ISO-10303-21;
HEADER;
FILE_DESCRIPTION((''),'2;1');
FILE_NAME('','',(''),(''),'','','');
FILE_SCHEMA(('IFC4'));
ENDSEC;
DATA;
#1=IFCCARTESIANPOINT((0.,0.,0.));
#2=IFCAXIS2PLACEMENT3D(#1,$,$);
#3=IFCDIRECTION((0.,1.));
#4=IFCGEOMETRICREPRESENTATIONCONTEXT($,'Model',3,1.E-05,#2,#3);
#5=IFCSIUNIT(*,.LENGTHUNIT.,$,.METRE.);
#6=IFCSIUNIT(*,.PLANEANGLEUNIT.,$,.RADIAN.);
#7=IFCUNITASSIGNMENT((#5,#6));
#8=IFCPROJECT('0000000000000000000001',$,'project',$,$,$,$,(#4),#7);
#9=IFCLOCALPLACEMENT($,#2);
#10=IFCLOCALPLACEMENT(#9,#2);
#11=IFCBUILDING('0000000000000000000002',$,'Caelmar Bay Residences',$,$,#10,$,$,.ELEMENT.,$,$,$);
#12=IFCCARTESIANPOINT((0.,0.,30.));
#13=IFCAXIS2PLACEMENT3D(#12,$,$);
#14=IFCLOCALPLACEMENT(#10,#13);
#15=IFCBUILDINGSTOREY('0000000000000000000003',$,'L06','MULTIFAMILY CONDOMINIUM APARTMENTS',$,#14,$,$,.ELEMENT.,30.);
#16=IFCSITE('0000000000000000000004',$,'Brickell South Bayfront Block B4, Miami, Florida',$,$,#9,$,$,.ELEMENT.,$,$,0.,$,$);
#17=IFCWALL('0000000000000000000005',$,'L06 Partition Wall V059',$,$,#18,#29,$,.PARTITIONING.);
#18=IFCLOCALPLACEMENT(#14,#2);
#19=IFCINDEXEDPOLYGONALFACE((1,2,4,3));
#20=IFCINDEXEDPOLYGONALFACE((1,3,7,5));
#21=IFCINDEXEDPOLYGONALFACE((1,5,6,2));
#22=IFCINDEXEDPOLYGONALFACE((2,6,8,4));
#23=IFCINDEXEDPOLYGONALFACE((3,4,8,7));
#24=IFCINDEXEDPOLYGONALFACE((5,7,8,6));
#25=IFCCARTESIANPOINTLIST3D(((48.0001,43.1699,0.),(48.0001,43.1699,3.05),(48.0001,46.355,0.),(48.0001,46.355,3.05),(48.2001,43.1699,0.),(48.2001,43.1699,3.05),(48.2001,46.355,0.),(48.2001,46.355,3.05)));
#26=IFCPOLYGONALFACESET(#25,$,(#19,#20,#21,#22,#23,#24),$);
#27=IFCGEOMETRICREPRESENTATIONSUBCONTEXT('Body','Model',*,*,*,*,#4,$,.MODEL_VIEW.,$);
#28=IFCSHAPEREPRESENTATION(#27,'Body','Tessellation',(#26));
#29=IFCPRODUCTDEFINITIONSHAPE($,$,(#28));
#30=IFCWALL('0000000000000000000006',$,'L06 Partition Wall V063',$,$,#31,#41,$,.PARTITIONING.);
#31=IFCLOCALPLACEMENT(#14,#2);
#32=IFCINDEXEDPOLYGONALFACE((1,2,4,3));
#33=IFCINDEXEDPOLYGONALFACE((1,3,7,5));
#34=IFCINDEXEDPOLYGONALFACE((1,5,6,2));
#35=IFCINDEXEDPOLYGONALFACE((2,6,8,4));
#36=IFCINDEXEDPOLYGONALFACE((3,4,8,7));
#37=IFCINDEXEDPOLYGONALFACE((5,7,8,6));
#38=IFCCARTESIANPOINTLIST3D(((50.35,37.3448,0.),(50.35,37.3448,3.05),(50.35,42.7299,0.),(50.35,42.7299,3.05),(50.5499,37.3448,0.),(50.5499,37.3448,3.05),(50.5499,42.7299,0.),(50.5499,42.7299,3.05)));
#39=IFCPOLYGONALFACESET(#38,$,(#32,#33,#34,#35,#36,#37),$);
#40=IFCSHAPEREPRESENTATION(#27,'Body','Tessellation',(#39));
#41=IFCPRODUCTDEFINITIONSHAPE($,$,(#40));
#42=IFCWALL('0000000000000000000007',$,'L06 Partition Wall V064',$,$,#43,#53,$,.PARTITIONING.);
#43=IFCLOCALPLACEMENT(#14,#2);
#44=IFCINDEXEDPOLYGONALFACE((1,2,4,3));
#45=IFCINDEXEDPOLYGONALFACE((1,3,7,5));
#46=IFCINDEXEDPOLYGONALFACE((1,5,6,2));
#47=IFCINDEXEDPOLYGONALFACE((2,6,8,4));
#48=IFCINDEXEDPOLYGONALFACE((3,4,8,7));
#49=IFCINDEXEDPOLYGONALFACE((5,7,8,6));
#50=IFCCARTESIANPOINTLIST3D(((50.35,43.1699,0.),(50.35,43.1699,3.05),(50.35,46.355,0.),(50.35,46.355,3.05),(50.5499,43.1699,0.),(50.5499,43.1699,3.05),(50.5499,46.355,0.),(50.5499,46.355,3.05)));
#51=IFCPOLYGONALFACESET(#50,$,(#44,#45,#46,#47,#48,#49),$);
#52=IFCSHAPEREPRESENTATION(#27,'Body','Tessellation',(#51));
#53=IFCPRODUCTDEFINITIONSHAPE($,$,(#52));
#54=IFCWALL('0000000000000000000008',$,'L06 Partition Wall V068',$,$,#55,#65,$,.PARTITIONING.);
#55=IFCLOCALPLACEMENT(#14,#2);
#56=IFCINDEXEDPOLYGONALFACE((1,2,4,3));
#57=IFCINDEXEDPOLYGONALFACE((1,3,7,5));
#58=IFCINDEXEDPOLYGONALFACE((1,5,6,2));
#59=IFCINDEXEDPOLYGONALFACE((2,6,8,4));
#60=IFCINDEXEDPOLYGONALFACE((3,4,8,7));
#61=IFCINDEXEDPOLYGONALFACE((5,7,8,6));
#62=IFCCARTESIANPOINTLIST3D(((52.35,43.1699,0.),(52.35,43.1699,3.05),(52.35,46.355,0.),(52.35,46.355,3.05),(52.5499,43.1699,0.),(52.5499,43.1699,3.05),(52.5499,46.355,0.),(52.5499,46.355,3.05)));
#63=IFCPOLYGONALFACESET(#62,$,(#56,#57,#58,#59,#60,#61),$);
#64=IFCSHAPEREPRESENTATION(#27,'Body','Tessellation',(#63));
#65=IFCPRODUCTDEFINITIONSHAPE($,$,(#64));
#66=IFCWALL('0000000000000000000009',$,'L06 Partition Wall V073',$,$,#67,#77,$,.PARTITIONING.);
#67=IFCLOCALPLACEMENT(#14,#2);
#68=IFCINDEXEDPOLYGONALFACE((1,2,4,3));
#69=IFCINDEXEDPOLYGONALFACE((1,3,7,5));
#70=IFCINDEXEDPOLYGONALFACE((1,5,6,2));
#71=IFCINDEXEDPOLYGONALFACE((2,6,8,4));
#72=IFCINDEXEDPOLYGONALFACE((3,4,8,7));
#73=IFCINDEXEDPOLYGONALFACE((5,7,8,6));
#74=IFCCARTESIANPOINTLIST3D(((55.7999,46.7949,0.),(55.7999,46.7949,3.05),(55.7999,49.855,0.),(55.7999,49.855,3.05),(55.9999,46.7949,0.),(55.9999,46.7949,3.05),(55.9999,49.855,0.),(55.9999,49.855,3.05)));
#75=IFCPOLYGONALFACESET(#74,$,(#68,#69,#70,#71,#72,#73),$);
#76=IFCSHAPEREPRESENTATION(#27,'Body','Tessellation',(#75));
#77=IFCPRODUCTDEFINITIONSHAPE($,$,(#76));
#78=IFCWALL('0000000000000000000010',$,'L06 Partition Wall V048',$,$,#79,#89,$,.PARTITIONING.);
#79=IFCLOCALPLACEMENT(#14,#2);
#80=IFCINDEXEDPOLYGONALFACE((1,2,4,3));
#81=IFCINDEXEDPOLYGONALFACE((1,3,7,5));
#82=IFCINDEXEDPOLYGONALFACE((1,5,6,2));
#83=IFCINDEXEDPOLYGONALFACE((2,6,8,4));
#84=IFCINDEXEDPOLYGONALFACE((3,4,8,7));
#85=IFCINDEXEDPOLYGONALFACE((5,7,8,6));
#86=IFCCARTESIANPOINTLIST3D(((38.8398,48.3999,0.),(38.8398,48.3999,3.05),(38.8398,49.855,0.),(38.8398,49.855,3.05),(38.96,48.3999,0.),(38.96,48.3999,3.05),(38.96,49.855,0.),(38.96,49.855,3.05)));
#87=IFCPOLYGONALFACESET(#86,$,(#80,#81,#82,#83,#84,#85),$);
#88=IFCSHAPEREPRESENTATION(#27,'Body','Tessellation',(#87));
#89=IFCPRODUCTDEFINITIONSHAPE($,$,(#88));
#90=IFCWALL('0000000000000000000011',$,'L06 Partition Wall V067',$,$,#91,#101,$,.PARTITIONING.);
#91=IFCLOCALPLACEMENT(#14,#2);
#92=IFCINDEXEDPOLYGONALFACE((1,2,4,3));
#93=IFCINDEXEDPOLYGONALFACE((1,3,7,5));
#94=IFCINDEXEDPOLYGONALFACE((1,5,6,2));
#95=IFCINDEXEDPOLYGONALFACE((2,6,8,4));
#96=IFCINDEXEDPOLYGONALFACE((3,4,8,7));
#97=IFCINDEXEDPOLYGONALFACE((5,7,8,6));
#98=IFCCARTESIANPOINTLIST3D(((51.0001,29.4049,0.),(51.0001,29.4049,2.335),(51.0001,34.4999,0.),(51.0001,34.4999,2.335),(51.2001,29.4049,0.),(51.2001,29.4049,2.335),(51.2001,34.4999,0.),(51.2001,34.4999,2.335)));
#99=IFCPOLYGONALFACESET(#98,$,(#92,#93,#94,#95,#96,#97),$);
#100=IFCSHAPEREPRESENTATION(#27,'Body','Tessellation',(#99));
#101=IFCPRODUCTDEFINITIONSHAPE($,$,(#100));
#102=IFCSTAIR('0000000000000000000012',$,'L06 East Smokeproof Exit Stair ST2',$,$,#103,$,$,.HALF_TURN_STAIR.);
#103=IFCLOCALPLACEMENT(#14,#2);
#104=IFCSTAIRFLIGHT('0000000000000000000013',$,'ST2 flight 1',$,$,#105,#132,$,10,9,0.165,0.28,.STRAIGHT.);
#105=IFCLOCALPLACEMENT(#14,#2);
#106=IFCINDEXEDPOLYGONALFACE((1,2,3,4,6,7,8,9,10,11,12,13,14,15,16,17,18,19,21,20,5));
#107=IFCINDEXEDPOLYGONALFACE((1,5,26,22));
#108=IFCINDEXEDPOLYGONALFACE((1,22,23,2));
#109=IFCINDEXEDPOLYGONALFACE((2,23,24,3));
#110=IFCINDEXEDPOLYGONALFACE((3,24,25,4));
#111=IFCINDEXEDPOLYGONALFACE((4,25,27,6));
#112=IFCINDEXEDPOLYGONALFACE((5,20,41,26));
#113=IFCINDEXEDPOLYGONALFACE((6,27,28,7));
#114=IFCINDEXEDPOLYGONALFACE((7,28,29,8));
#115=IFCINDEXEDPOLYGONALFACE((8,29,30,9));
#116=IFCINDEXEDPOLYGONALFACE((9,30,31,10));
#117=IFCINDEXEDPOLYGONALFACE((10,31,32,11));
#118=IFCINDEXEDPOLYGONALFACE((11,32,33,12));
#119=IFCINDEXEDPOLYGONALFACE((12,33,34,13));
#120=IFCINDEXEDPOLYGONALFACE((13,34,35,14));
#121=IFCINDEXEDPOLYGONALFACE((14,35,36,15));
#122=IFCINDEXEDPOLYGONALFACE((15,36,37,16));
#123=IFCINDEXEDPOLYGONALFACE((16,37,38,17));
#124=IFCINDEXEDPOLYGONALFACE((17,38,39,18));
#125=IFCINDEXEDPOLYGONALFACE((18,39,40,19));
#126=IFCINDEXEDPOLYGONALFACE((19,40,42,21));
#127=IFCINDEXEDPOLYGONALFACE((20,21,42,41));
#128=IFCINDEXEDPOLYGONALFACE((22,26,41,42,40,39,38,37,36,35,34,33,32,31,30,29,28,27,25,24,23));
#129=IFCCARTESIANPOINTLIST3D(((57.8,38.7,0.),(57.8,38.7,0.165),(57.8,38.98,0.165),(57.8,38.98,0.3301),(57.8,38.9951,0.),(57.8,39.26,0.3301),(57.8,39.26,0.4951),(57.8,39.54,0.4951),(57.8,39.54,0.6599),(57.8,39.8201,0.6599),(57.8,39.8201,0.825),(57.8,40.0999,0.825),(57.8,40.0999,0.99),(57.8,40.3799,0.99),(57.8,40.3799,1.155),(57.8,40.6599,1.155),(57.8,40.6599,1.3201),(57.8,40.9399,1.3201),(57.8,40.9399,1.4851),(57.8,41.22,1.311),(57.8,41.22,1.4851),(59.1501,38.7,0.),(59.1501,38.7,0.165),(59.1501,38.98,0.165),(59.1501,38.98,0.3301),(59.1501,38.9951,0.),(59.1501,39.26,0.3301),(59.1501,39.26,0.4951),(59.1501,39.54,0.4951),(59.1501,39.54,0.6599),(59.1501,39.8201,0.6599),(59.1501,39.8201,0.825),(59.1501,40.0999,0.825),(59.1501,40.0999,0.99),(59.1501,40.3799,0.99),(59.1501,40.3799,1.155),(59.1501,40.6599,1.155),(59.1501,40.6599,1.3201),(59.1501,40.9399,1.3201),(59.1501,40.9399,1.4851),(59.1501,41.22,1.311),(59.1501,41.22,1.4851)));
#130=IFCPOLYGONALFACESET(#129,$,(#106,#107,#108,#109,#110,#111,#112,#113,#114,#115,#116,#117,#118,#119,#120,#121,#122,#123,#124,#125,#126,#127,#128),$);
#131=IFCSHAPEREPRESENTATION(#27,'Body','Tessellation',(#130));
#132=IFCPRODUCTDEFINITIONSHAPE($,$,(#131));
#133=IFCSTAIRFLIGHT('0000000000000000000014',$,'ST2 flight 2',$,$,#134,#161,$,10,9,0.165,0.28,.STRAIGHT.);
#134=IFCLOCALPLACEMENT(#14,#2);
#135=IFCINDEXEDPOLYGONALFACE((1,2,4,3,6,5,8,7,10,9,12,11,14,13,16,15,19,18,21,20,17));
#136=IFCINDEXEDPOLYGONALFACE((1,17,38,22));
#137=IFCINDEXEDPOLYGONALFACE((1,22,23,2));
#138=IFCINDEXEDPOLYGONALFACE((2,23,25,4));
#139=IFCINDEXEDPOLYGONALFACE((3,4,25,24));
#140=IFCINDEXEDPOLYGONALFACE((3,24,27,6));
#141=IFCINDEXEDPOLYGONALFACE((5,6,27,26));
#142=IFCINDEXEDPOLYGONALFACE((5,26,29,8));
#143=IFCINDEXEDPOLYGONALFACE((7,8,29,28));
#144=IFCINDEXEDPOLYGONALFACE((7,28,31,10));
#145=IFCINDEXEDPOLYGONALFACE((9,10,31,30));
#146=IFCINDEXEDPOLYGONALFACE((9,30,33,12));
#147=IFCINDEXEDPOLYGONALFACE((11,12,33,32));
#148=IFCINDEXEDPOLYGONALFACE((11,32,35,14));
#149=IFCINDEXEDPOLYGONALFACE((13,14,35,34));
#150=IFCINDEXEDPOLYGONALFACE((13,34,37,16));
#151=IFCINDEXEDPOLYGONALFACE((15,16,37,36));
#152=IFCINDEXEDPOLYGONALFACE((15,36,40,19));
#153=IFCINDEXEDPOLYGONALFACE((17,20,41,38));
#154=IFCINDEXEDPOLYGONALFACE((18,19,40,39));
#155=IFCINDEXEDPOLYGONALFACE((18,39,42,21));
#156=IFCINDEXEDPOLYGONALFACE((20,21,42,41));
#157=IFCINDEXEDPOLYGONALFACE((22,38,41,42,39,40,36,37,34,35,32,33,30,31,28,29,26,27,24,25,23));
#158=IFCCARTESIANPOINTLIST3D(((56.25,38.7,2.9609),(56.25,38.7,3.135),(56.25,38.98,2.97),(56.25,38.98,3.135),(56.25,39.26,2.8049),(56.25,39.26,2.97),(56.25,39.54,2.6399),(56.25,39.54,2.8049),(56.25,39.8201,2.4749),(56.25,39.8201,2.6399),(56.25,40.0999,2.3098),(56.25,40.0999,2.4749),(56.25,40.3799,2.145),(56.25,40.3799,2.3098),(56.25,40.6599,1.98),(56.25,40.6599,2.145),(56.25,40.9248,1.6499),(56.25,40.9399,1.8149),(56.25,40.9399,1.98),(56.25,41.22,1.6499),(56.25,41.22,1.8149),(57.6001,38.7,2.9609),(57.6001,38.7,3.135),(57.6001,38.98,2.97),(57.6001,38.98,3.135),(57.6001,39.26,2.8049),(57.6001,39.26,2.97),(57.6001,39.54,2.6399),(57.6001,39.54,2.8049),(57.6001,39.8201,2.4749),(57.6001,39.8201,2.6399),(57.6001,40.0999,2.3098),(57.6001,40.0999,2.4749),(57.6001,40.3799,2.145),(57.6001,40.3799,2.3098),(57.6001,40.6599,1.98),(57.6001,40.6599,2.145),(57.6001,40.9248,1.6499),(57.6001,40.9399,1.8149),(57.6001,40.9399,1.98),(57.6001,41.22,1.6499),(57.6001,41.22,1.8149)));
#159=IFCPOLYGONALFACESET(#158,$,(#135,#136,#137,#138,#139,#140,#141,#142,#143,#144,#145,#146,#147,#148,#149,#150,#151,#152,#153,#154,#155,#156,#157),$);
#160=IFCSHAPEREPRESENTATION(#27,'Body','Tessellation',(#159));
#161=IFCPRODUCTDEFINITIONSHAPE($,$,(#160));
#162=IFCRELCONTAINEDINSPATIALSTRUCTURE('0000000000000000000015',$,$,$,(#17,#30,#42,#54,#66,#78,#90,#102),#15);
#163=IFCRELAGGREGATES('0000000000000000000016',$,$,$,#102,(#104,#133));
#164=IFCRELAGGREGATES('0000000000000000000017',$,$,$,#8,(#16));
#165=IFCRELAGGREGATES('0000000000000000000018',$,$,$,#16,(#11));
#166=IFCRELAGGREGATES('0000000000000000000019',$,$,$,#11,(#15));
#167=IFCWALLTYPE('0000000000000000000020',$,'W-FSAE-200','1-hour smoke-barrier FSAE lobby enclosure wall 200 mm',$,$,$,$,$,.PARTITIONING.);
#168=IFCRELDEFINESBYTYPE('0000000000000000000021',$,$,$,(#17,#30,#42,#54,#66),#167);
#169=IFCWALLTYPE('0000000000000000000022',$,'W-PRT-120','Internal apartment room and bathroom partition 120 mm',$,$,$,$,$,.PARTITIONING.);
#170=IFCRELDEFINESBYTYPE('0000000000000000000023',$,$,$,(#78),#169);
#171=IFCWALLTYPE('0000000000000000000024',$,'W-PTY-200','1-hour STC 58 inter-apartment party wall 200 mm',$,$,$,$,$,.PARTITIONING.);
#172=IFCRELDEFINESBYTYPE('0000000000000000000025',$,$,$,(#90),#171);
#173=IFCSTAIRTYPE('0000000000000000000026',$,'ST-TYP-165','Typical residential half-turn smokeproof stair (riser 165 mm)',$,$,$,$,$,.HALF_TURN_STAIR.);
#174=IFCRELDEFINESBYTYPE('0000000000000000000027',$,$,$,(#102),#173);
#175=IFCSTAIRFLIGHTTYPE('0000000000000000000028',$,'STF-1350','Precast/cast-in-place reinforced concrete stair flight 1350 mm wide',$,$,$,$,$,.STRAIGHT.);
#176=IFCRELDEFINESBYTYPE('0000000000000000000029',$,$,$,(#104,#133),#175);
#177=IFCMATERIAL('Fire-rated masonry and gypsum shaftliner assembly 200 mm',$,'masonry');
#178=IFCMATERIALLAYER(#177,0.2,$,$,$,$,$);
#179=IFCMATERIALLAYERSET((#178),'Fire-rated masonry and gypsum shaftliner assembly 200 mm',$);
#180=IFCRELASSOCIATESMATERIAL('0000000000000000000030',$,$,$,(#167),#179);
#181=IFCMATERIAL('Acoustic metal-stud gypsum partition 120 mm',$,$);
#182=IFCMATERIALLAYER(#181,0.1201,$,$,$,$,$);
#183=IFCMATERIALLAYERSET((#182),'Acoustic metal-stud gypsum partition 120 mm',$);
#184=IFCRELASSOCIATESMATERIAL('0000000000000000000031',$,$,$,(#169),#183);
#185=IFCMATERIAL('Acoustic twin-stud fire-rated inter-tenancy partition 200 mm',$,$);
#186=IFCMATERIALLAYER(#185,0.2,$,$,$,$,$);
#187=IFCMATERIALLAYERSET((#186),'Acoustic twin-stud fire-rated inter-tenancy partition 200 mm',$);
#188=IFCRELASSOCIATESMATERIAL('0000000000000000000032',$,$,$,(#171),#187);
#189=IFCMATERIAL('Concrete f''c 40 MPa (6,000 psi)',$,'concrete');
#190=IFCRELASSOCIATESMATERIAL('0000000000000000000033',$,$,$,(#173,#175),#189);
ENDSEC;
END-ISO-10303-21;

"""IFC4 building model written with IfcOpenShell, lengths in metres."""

from ifc_helpers import new_model, si_unit, direction, frame, frame_2d, origin, place, context, subcontext, project, spatial, polyline, rectangle, outline, extrude, material, layer, layer_set, type_object, element, aggregate, save


model = new_model("IFC4")

# Units and contexts
model_context = context("Model", 3, precision=1e-05, world=origin(), true_north=direction((0.0, 1.0)))
body_context = subcontext(model_context, "Body", "Model", "MODEL_VIEW")
ifc_project = project(units=[si_unit("LENGTHUNIT", "METRE"), si_unit("PLANEANGLEUNIT", "RADIAN")], contexts=[model_context])

# Site, building, storey
site_placement = place(None, origin())
site = spatial("IfcSite", under=ifc_project, at=site_placement, Name="Brickell South Bayfront Block B4, Miami, Florida", CompositionType="ELEMENT", RefElevation=0.0)
building_placement = place(site_placement, origin())
building = spatial("IfcBuilding", under=site, at=building_placement, Name="Caelmar Bay Residences", CompositionType="ELEMENT")
storey_placement = place(building_placement, frame((0.0, 0.0, 30.0)))
storey = spatial("IfcBuildingStorey", under=building, at=storey_placement, Name="L06", Description="MULTIFAMILY CONDOMINIUM APARTMENTS", CompositionType="ELEMENT", Elevation=30.0)

# Walls
ifc_material_1 = material(Name="Fire-rated masonry and gypsum shaftliner assembly 200 mm", Category="masonry")
ifc_layer_1 = layer(ifc_material_1, 0.2)
ifc_layer_set_1 = layer_set([ifc_layer_1], Name="Fire-rated masonry and gypsum shaftliner assembly 200 mm")
wall_type_1 = type_object("IfcWallType", Name="W-FSAE-200", Description="1-hour smoke-barrier FSAE lobby enclosure wall 200 mm", PredefinedType="PARTITIONING", material=ifc_layer_set_1)
for number, where, z_axis, x_axis, name in (
    (1, (48.1001, 43.1699, 0.0), (0.0, 0.0, 1.0), (0.0, 1.0, 0.0), "L06 Partition Wall V059"),
):
    element("IfcWall", number, at=place(storey_placement, frame(where, z_axis=z_axis, x_axis=x_axis)), inside=storey, type_object=wall_type_1, Name=name, PredefinedType="PARTITIONING", context=body_context, shape_type="SweptSolid", body=[
        extrude(rectangle(XDim=3.1851, YDim=0.2, at=frame_2d((1.5925, 0.0))), origin(), (0.0, 0.0, 1.0), 3.05),
    ])
wall_1_placement = place(storey_placement, frame((50.45, 37.345, 0.0), z_axis=(0.0, 0.0, 1.0), x_axis=(0.0, 1.0, 0.0)))
element("IfcWall", 2, at=wall_1_placement, inside=storey, type_object=wall_type_1, Name="L06 Partition Wall V063", PredefinedType="PARTITIONING", context=body_context, shape_type="SweptSolid", body=[
    extrude(rectangle(XDim=5.385, YDim=0.2, at=frame_2d((2.6924, 0.0))), origin(), (0.0, 0.0, 1.0), 3.05),
])
for number, where, z_axis, x_axis, name in (
    (3, (50.45, 43.1699, 0.0), (0.0, 0.0, 1.0), (0.0, 1.0, 0.0), "L06 Partition Wall V064"),
    (4, (52.45, 43.1699, 0.0), (0.0, 0.0, 1.0), (0.0, 1.0, 0.0), "L06 Partition Wall V068"),
):
    element("IfcWall", number, at=place(storey_placement, frame(where, z_axis=z_axis, x_axis=x_axis)), inside=storey, type_object=wall_type_1, Name=name, PredefinedType="PARTITIONING", context=body_context, shape_type="SweptSolid", body=[
        extrude(rectangle(XDim=3.1851, YDim=0.2, at=frame_2d((1.5925, 0.0))), origin(), (0.0, 0.0, 1.0), 3.05),
    ])
wall_2_placement = place(storey_placement, frame((55.8999, 46.7949, 0.0), z_axis=(0.0, 0.0, 1.0), x_axis=(0.0, 1.0, 0.0)))
element("IfcWall", 5, at=wall_2_placement, inside=storey, type_object=wall_type_1, Name="L06 Partition Wall V073", PredefinedType="PARTITIONING", context=body_context, shape_type="SweptSolid", body=[
    extrude(rectangle(XDim=3.0601, YDim=0.2, at=frame_2d((1.53, 0.0))), origin(), (0.0, 0.0, 1.0), 3.05),
])
ifc_material_2 = material(Name="Acoustic metal-stud gypsum partition 120 mm")
ifc_layer_2 = layer(ifc_material_2, 0.1201)
ifc_layer_set_2 = layer_set([ifc_layer_2], Name="Acoustic metal-stud gypsum partition 120 mm")
wall_type_2 = type_object("IfcWallType", Name="W-PRT-120", Description="Internal apartment room and bathroom partition 120 mm", PredefinedType="PARTITIONING", material=ifc_layer_set_2)
wall_3_placement = place(storey_placement, frame((38.8999, 48.3999, 0.0), z_axis=(0.0, 0.0, 1.0), x_axis=(0.0, 1.0, 0.0)))
element("IfcWall", 6, at=wall_3_placement, inside=storey, type_object=wall_type_2, Name="L06 Partition Wall V048", PredefinedType="PARTITIONING", context=body_context, shape_type="SweptSolid", body=[
    extrude(rectangle(XDim=1.4551, YDim=0.1201, at=frame_2d((0.7275, 0.0))), origin(), (0.0, 0.0, 1.0), 3.05),
])
ifc_material_3 = material(Name="Acoustic twin-stud fire-rated inter-tenancy partition 200 mm")
ifc_layer_3 = layer(ifc_material_3, 0.2)
ifc_layer_set_3 = layer_set([ifc_layer_3], Name="Acoustic twin-stud fire-rated inter-tenancy partition 200 mm")
wall_type_3 = type_object("IfcWallType", Name="W-PTY-200", Description="1-hour STC 58 inter-apartment party wall 200 mm", PredefinedType="PARTITIONING", material=ifc_layer_set_3)
wall_4_placement = place(storey_placement, frame((51.1001, 29.405, 0.0), z_axis=(0.0, 0.0, 1.0), x_axis=(0.0, 1.0, 0.0)))
element("IfcWall", 7, at=wall_4_placement, inside=storey, type_object=wall_type_3, Name="L06 Partition Wall V067", PredefinedType="PARTITIONING", context=body_context, shape_type="SweptSolid", body=[
    extrude(rectangle(XDim=5.095, YDim=0.2, at=frame_2d((2.5474, 0.0))), origin(), (0.0, 0.0, 1.0), 2.335),
])

# Stair, stair flights
ifc_material_4 = material(Name="Concrete f'c 40 MPa (6,000 psi)", Category="concrete")
stair_type = type_object("IfcStairType", Name="ST-TYP-165", Description="Typical residential half-turn smokeproof stair (riser 165 mm)", PredefinedType="HALF_TURN_STAIR", material=ifc_material_4)
stair_placement = place(storey_placement, origin())
stair = element("IfcStair", 8, at=stair_placement, inside=storey, type_object=stair_type, Name="L06 East Smokeproof Exit Stair ST2", PredefinedType="HALF_TURN_STAIR")
stair_flight_type = type_object("IfcStairFlightType", Name="STF-1350", Description="Precast/cast-in-place reinforced concrete stair flight 1350 mm wide", PredefinedType="STRAIGHT", material=ifc_material_4)
stair_flight_1_placement = place(storey_placement, frame((58.4751, 38.7, 0.0), z_axis=(0.0, 0.0, 1.0), x_axis=(0.0, 1.0, 0.0)))
stair_flight_1 = element("IfcStairFlight", 9, at=stair_flight_1_placement, type_object=stair_flight_type, Name="ST2 flight 1", NumberOfRisers=10, NumberOfTreads=9, PredefinedType="STRAIGHT", RiserHeight=0.165, TreadLength=0.28, context=body_context, shape_type="SweptSolid", body=[
    extrude(outline(polyline([(0.0, 0.0), (0.0, 0.165), (0.28, 0.165), (0.28, 0.3301), (0.5601, 0.3301), (0.5601, 0.4951), (0.8401, 0.4951), (0.8401, 0.6599), (1.1201, 0.6599), (1.1201, 0.825), (1.3999, 0.825), (1.3999, 0.99), (1.6799, 0.99), (1.6799, 1.155), (1.96, 1.155), (1.96, 1.3201), (2.24, 1.3201), (2.24, 1.4851), (2.52, 1.4851), (2.52, 1.6499), (2.52, 1.311), (0.2952, 0.0), (0.0, 0.0)])), frame((0.0, 0.675, 0.0), z_axis=(0.0, -1.0, 0.0), x_axis=(1.0, 0.0, 0.0)), (0.0, 0.0, 1.0), 1.3501),
])
stair_flight_2_placement = place(storey_placement, frame((56.925, 41.22, 1.6499), z_axis=(0.0, 0.0, 1.0), x_axis=(0.0, -1.0, 0.0)))
stair_flight_2 = element("IfcStairFlight", 10, at=stair_flight_2_placement, type_object=stair_flight_type, Name="ST2 flight 2", NumberOfRisers=10, NumberOfTreads=9, PredefinedType="STRAIGHT", RiserHeight=0.165, TreadLength=0.28, context=body_context, shape_type="SweptSolid", body=[
    extrude(outline(polyline([(0.0, 0.0), (0.0, 0.165), (0.28, 0.165), (0.28, 0.3301), (0.5601, 0.3301), (0.5601, 0.4951), (0.8401, 0.4951), (0.8401, 0.6599), (1.1201, 0.6599), (1.1201, 0.825), (1.3999, 0.825), (1.3999, 0.99), (1.6799, 0.99), (1.6799, 1.155), (1.96, 1.155), (1.96, 1.3201), (2.24, 1.3201), (2.24, 1.4851), (2.52, 1.4851), (2.52, 1.6499), (2.52, 1.311), (0.2952, 0.0), (0.0, 0.0)])), frame((0.0, 0.675, 0.0), z_axis=(0.0, -1.0, 0.0), x_axis=(1.0, 0.0, 0.0)), (0.0, 0.0, 1.0), 1.3501),
])
aggregate(stair, [stair_flight_1, stair_flight_2])

save(model, "model.ifc")
